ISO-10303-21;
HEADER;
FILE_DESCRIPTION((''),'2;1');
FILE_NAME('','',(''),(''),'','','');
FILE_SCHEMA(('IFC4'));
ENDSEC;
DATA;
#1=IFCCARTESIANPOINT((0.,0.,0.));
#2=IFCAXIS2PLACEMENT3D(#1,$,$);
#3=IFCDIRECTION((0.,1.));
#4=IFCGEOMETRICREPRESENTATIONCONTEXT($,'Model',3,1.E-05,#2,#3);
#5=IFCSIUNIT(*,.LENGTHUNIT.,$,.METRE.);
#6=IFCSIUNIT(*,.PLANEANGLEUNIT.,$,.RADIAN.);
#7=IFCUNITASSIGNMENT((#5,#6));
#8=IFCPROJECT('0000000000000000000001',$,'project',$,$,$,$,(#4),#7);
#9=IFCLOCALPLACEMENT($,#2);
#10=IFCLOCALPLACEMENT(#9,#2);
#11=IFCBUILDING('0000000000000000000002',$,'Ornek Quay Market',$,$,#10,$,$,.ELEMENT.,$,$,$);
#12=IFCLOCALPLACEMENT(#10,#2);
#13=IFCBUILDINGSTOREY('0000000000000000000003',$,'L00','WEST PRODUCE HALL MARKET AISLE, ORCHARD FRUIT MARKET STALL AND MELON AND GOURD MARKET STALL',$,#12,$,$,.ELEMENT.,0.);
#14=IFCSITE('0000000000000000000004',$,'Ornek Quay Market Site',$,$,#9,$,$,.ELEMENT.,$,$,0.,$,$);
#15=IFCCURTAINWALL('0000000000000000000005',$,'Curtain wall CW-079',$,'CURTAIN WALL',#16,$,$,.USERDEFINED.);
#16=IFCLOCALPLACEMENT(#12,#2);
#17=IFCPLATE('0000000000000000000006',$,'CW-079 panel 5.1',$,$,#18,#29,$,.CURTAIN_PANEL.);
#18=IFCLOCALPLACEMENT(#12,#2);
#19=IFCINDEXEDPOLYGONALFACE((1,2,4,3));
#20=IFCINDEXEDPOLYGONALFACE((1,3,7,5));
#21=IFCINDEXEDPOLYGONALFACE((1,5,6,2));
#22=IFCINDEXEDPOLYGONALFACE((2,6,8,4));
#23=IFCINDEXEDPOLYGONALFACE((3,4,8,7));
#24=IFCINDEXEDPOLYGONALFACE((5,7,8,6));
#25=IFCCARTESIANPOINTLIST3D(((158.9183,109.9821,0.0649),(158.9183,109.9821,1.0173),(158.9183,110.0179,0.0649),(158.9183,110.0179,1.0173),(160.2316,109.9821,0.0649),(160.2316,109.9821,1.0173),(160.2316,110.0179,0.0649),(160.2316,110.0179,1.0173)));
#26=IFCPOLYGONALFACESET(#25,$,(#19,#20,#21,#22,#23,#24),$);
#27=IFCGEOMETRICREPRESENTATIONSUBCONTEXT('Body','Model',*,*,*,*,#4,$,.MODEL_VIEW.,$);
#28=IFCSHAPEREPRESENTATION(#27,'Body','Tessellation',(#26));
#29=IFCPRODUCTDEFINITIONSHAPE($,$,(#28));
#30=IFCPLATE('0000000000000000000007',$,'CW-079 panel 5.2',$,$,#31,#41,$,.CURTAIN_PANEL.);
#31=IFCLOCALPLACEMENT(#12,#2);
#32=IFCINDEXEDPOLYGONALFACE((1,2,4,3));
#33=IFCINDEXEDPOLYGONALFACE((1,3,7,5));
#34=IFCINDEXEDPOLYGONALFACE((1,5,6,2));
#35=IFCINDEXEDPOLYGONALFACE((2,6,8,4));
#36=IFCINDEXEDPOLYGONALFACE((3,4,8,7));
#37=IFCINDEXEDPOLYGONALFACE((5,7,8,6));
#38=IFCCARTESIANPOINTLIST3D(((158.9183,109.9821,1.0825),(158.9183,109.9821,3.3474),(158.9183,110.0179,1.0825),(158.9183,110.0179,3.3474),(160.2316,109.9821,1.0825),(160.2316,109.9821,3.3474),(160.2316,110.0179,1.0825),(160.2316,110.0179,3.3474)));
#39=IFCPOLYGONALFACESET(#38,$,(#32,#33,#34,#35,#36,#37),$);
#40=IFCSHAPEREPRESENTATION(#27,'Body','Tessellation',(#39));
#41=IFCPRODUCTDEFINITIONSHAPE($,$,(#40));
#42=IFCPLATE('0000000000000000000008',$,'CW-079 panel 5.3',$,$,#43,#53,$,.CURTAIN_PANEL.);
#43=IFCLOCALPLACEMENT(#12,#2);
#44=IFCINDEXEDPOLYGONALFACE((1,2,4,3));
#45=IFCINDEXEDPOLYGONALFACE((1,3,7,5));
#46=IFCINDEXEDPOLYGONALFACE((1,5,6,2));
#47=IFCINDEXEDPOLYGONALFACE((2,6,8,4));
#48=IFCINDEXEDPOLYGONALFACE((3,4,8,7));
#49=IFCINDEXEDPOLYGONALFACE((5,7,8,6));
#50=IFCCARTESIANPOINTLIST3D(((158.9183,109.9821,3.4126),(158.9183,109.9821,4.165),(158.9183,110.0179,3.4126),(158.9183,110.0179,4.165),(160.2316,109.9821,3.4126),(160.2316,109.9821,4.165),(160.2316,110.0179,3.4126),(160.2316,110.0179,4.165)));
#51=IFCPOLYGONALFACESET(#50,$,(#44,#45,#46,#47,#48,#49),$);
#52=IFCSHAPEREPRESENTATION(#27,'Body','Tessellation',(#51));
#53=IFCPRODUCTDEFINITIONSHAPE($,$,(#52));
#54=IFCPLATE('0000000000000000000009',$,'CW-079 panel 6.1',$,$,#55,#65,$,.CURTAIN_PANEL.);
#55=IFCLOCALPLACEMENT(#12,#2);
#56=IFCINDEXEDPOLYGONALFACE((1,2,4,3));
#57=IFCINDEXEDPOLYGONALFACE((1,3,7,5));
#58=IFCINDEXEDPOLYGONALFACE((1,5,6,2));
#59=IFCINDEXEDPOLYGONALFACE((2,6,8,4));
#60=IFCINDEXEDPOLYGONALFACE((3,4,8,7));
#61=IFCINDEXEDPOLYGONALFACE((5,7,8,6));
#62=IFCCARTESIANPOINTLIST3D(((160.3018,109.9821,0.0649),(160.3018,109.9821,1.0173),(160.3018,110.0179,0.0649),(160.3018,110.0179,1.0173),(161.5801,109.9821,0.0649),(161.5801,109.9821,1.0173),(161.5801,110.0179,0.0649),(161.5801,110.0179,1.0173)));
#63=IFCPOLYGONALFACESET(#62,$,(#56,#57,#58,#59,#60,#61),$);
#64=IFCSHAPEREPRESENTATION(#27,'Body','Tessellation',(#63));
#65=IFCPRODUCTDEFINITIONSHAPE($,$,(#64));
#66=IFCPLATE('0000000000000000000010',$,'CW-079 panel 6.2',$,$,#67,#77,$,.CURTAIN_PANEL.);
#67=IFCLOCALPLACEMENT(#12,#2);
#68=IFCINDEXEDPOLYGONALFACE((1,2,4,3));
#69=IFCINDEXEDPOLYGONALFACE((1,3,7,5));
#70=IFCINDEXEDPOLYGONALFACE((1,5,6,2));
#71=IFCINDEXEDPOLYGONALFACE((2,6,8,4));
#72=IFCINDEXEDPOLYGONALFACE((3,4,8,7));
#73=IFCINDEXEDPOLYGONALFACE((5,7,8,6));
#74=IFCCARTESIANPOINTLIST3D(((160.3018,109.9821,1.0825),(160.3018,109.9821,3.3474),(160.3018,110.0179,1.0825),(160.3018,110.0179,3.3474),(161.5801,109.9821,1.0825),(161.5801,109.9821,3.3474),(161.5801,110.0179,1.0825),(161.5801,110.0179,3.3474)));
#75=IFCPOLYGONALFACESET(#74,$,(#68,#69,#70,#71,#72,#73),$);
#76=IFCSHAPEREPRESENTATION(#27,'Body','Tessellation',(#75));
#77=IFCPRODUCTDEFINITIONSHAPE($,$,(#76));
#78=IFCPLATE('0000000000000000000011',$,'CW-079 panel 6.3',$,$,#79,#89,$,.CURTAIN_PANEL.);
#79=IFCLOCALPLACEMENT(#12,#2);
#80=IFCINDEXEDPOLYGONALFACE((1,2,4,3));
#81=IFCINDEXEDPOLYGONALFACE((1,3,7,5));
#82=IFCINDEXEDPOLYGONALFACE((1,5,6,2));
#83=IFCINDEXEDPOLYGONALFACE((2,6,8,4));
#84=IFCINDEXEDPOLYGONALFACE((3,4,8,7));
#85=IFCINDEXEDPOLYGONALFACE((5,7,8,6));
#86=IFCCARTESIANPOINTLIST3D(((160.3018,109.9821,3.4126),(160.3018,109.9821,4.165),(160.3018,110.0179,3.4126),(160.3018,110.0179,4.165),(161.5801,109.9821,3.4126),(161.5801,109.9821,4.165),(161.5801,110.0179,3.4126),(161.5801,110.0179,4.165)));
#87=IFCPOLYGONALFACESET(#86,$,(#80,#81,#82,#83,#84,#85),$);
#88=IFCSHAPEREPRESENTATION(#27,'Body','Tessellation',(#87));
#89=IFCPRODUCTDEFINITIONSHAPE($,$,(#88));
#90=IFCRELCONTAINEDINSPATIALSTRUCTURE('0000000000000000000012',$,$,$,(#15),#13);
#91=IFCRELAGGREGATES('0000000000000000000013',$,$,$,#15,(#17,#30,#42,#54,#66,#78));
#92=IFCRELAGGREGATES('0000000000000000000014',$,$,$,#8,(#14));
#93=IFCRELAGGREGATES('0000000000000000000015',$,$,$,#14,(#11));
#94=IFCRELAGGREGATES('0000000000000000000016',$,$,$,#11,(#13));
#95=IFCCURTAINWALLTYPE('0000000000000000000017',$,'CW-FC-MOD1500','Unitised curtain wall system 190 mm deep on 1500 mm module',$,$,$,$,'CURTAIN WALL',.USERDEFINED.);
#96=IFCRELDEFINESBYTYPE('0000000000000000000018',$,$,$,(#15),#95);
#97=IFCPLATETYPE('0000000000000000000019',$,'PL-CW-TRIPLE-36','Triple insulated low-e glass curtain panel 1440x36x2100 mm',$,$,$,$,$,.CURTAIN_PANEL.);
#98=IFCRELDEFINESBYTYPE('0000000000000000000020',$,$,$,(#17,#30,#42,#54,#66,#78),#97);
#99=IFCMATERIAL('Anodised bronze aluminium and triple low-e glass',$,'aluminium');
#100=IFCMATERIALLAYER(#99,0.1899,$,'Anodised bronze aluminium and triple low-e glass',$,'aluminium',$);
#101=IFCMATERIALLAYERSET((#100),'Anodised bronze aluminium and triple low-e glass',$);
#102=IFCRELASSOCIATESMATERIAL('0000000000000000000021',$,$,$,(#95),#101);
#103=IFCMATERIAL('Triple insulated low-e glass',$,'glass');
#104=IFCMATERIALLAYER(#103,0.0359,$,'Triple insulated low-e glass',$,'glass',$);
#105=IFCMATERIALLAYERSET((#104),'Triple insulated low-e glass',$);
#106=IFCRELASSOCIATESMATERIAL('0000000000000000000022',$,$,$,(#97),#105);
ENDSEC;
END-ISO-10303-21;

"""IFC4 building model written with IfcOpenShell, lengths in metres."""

from ifc_helpers import new_model, si_unit, direction, frame, origin, origin_2d, place, context, subcontext, project, spatial, rectangle, extrude, material, layer, layer_set, type_object, element, aggregate, save


model = new_model("IFC4")

# Units and contexts
model_context = context("Model", 3, precision=1e-05, world=origin(), true_north=direction((0.0, 1.0)))
body_context = subcontext(model_context, "Body", "Model", "MODEL_VIEW")
ifc_project = project(units=[si_unit("LENGTHUNIT", "METRE"), si_unit("PLANEANGLEUNIT", "RADIAN")], contexts=[model_context])

# Site, building, storey
site_placement = place(None, origin())
site = spatial("IfcSite", under=ifc_project, at=site_placement, Name="Ornek Quay Market Site", CompositionType="ELEMENT", RefElevation=0.0)
building_placement = place(site_placement, origin())
building = spatial("IfcBuilding", under=site, at=building_placement, Name="Ornek Quay Market", CompositionType="ELEMENT")
storey_placement = place(building_placement, origin())
storey = spatial("IfcBuildingStorey", under=building, at=storey_placement, Name="L00", Description="WEST PRODUCE HALL MARKET AISLE, ORCHARD FRUIT MARKET STALL AND MELON AND GOURD MARKET STALL", CompositionType="ELEMENT", Elevation=0.0)

# Curtain wall, plates
ifc_material_1 = material(Name="Anodised bronze aluminium and triple low-e glass", Category="aluminium")
ifc_layer_1 = layer(ifc_material_1, 0.1899, Name="Anodised bronze aluminium and triple low-e glass", Category="aluminium")
ifc_layer_set_1 = layer_set([ifc_layer_1], Name="Anodised bronze aluminium and triple low-e glass")
curtain_wall_type = type_object("IfcCurtainWallType", Name="CW-FC-MOD1500", Description="Unitised curtain wall system 190 mm deep on 1500 mm module", ElementType="CURTAIN WALL", PredefinedType="USERDEFINED", material=ifc_layer_set_1)
curtain_wall_placement = place(storey_placement, origin())
curtain_wall = element("IfcCurtainWall", 1, at=curtain_wall_placement, inside=storey, type_object=curtain_wall_type, Name="Curtain wall CW-079", ObjectType="CURTAIN WALL", PredefinedType="USERDEFINED")
ifc_material_2 = material(Name="Triple insulated low-e glass", Category="glass")
ifc_layer_2 = layer(ifc_material_2, 0.0359, Name="Triple insulated low-e glass", Category="glass")
ifc_layer_set_2 = layer_set([ifc_layer_2], Name="Triple insulated low-e glass")
plate_type = type_object("IfcPlateType", Name="PL-CW-TRIPLE-36", Description="Triple insulated low-e glass curtain panel 1440x36x2100 mm", PredefinedType="CURTAIN_PANEL", material=ifc_layer_set_2)
plate_1_placement = place(storey_placement, frame((159.575, 110.0, 0.0649), z_axis=(0.0, 0.0, 1.0), x_axis=(1.0, 0.0, 0.0)))
plate_1 = element("IfcPlate", 2, at=plate_1_placement, type_object=plate_type, Name="CW-079 panel 5.1", PredefinedType="CURTAIN_PANEL", context=body_context, shape_type="SweptSolid", body=[
    extrude(rectangle(XDim=1.3132, YDim=0.0359, at=origin_2d()), origin(), (0.0, 0.0, 1.0), 0.9524),
])
plate_2_placement = place(storey_placement, frame((159.575, 110.0, 1.0825), z_axis=(0.0, 0.0, 1.0), x_axis=(1.0, 0.0, 0.0)))
plate_2 = element("IfcPlate", 3, at=plate_2_placement, type_object=plate_type, Name="CW-079 panel 5.2", PredefinedType="CURTAIN_PANEL", context=body_context, shape_type="SweptSolid", body=[
    extrude(rectangle(XDim=1.3132, YDim=0.0359, at=origin_2d()), origin(), (0.0, 0.0, 1.0), 2.2649),
])
plate_3_placement = place(storey_placement, frame((159.575, 110.0, 3.4126), z_axis=(0.0, 0.0, 1.0), x_axis=(1.0, 0.0, 0.0)))
plate_3 = element("IfcPlate", 4, at=plate_3_placement, type_object=plate_type, Name="CW-079 panel 5.3", PredefinedType="CURTAIN_PANEL", context=body_context, shape_type="SweptSolid", body=[
    extrude(rectangle(XDim=1.3132, YDim=0.0359, at=origin_2d()), origin(), (0.0, 0.0, 1.0), 0.7524),
])
plate_4_placement = place(storey_placement, frame((160.9409, 110.0, 0.0649), z_axis=(0.0, 0.0, 1.0), x_axis=(1.0, 0.0, 0.0)))
plate_4 = element("IfcPlate", 5, at=plate_4_placement, type_object=plate_type, Name="CW-079 panel 6.1", PredefinedType="CURTAIN_PANEL", context=body_context, shape_type="SweptSolid", body=[
    extrude(rectangle(XDim=1.2783, YDim=0.0359, at=origin_2d()), origin(), (0.0, 0.0, 1.0), 0.9524),
])
plate_5_placement = place(storey_placement, frame((160.9409, 110.0, 1.0825), z_axis=(0.0, 0.0, 1.0), x_axis=(1.0, 0.0, 0.0)))
plate_5 = element("IfcPlate", 6, at=plate_5_placement, type_object=plate_type, Name="CW-079 panel 6.2", PredefinedType="CURTAIN_PANEL", context=body_context, shape_type="SweptSolid", body=[
    extrude(rectangle(XDim=1.2783, YDim=0.0359, at=origin_2d()), origin(), (0.0, 0.0, 1.0), 2.2649),
])
plate_6_placement = place(storey_placement, frame((160.9409, 110.0, 3.4126), z_axis=(0.0, 0.0, 1.0), x_axis=(1.0, 0.0, 0.0)))
plate_6 = element("IfcPlate", 7, at=plate_6_placement, type_object=plate_type, Name="CW-079 panel 6.3", PredefinedType="CURTAIN_PANEL", context=body_context, shape_type="SweptSolid", body=[
    extrude(rectangle(XDim=1.2783, YDim=0.0359, at=origin_2d()), origin(), (0.0, 0.0, 1.0), 0.7524),
])
aggregate(curtain_wall, [plate_1, plate_2, plate_3, plate_4, plate_5, plate_6])

save(model, "model.ifc")
